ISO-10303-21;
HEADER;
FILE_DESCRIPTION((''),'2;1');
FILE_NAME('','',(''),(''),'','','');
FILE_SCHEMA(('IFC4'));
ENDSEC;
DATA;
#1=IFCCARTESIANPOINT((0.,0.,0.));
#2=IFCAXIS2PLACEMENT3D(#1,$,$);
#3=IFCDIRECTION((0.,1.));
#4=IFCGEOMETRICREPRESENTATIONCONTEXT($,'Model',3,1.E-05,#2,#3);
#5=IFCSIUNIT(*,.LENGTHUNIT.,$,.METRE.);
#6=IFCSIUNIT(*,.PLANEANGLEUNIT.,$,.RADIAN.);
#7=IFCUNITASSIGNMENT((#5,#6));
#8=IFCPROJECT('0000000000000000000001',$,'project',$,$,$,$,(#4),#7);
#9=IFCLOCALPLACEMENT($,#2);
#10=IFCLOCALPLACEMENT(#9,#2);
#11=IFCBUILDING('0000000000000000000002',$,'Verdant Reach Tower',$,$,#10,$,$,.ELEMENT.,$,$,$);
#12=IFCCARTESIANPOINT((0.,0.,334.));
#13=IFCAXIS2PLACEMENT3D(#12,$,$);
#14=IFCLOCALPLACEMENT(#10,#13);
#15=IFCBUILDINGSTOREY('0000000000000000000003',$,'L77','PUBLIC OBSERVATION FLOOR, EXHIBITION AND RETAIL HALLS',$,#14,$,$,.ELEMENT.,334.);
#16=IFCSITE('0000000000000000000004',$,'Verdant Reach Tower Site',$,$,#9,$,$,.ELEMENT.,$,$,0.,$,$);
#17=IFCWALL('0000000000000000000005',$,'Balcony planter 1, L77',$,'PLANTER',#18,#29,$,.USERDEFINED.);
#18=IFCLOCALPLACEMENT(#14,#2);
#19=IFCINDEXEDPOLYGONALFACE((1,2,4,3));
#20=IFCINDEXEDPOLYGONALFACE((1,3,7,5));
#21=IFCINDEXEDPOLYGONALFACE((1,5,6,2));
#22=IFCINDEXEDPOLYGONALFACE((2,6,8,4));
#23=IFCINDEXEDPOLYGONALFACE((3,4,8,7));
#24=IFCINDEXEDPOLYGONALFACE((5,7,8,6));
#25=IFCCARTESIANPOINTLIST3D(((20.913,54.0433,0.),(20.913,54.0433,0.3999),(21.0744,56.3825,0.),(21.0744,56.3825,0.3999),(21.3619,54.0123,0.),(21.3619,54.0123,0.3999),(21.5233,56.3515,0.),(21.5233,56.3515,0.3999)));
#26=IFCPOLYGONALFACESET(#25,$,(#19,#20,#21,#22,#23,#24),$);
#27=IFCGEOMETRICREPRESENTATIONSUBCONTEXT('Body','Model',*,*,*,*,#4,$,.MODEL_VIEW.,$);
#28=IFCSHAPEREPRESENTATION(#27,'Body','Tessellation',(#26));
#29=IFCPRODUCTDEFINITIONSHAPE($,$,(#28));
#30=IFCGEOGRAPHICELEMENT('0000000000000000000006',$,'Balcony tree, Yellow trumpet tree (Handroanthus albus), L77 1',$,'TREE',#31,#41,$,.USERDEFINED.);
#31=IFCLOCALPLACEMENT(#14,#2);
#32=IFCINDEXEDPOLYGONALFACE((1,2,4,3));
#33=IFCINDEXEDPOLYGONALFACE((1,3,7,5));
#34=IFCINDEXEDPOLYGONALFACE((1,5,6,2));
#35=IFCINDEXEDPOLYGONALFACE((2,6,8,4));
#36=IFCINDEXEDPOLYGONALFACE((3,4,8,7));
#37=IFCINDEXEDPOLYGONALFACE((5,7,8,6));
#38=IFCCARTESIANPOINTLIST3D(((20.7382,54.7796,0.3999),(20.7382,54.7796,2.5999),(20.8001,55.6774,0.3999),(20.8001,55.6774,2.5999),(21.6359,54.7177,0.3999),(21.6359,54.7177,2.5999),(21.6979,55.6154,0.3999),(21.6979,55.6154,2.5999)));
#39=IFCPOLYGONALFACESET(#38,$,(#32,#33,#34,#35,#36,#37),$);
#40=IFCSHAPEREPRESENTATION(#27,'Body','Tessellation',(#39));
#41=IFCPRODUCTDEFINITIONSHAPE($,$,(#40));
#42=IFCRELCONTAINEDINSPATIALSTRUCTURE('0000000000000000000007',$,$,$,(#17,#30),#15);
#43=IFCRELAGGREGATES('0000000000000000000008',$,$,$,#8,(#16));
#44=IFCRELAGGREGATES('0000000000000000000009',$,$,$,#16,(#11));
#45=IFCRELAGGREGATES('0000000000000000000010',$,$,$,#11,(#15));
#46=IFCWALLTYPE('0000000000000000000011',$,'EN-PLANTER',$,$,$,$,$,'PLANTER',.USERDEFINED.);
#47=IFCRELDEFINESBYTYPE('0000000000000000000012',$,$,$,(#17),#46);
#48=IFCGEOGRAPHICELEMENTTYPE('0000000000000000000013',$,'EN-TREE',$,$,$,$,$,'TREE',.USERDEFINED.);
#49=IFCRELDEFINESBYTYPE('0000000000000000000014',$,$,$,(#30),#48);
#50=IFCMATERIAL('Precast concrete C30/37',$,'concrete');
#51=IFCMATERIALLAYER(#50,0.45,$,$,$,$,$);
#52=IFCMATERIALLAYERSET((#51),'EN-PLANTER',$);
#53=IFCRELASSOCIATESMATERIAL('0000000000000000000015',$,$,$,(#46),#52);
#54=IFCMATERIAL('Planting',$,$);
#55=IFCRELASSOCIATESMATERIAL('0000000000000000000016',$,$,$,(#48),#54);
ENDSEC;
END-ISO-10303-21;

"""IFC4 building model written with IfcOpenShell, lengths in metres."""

from ifc_helpers import new_model, si_unit, direction, frame, frame_2d, origin, origin_2d, place, context, subcontext, project, spatial, rectangle, extrude, material, layer, layer_set, type_object, element, save


model = new_model("IFC4")

# Units and contexts
model_context = context("Model", 3, precision=1e-05, world=origin(), true_north=direction((0.0, 1.0)))
body_context = subcontext(model_context, "Body", "Model", "MODEL_VIEW")
ifc_project = project(units=[si_unit("LENGTHUNIT", "METRE"), si_unit("PLANEANGLEUNIT", "RADIAN")], contexts=[model_context])

# Site, building, storey
site_placement = place(None, origin())
site = spatial("IfcSite", under=ifc_project, at=site_placement, Name="Verdant Reach Tower Site", CompositionType="ELEMENT", RefElevation=0.0)
building_placement = place(site_placement, origin())
building = spatial("IfcBuilding", under=site, at=building_placement, Name="Verdant Reach Tower", CompositionType="ELEMENT")
storey_placement = place(building_placement, frame((0.0, 0.0, 334.0)))
storey = spatial("IfcBuildingStorey", under=building, at=storey_placement, Name="L77", Description="PUBLIC OBSERVATION FLOOR, EXHIBITION AND RETAIL HALLS", CompositionType="ELEMENT", Elevation=334.0)

# Wall
ifc_material_1 = material(Name="Precast concrete C30/37", Category="concrete")
ifc_layer_1 = layer(ifc_material_1, 0.45)
ifc_layer_set_1 = layer_set([ifc_layer_1], Name="EN-PLANTER")
wall_type_1 = type_object("IfcWallType", Name="EN-PLANTER", ElementType="PLANTER", PredefinedType="USERDEFINED", material=ifc_layer_set_1)
wall_1_placement = place(storey_placement, frame((21.1375, 54.0278, 0.0), z_axis=(0.0, 0.0, 1.0), x_axis=(0.068827, 0.997629, 0.0)))
element("IfcWall", 1, at=wall_1_placement, inside=storey, type_object=wall_type_1, Name="Balcony planter 1, L77", ObjectType="PLANTER", PredefinedType="USERDEFINED", context=body_context, shape_type="SweptSolid", body=[
    extrude(rectangle(XDim=2.3447, YDim=0.45, at=frame_2d((1.1724, 0.0))), origin(), (0.0, 0.0, 1.0), 0.3999),
])

# Geographic element
ifc_material_2 = material(Name="Planting")
geographic_element_type = type_object("IfcGeographicElementType", Name="EN-TREE", ElementType="TREE", PredefinedType="USERDEFINED", material=ifc_material_2)
geographic_element_placement = place(storey_placement, frame((21.218, 55.1975, 0.3999), z_axis=(0.0, 0.0, 1.0), x_axis=(0.068802, 0.99763, 0.0)))
element("IfcGeographicElement", 2, at=geographic_element_placement, inside=storey, type_object=geographic_element_type, Name="Balcony tree, Yellow trumpet tree (Handroanthus albus), L77 1", ObjectType="TREE", PredefinedType="USERDEFINED", context=body_context, shape_type="SweptSolid", body=[
    extrude(rectangle(XDim=0.8999, YDim=0.8999, at=origin_2d()), origin(), (0.0, 0.0, 1.0), 2.2),
])

save(model, "model.ifc")
